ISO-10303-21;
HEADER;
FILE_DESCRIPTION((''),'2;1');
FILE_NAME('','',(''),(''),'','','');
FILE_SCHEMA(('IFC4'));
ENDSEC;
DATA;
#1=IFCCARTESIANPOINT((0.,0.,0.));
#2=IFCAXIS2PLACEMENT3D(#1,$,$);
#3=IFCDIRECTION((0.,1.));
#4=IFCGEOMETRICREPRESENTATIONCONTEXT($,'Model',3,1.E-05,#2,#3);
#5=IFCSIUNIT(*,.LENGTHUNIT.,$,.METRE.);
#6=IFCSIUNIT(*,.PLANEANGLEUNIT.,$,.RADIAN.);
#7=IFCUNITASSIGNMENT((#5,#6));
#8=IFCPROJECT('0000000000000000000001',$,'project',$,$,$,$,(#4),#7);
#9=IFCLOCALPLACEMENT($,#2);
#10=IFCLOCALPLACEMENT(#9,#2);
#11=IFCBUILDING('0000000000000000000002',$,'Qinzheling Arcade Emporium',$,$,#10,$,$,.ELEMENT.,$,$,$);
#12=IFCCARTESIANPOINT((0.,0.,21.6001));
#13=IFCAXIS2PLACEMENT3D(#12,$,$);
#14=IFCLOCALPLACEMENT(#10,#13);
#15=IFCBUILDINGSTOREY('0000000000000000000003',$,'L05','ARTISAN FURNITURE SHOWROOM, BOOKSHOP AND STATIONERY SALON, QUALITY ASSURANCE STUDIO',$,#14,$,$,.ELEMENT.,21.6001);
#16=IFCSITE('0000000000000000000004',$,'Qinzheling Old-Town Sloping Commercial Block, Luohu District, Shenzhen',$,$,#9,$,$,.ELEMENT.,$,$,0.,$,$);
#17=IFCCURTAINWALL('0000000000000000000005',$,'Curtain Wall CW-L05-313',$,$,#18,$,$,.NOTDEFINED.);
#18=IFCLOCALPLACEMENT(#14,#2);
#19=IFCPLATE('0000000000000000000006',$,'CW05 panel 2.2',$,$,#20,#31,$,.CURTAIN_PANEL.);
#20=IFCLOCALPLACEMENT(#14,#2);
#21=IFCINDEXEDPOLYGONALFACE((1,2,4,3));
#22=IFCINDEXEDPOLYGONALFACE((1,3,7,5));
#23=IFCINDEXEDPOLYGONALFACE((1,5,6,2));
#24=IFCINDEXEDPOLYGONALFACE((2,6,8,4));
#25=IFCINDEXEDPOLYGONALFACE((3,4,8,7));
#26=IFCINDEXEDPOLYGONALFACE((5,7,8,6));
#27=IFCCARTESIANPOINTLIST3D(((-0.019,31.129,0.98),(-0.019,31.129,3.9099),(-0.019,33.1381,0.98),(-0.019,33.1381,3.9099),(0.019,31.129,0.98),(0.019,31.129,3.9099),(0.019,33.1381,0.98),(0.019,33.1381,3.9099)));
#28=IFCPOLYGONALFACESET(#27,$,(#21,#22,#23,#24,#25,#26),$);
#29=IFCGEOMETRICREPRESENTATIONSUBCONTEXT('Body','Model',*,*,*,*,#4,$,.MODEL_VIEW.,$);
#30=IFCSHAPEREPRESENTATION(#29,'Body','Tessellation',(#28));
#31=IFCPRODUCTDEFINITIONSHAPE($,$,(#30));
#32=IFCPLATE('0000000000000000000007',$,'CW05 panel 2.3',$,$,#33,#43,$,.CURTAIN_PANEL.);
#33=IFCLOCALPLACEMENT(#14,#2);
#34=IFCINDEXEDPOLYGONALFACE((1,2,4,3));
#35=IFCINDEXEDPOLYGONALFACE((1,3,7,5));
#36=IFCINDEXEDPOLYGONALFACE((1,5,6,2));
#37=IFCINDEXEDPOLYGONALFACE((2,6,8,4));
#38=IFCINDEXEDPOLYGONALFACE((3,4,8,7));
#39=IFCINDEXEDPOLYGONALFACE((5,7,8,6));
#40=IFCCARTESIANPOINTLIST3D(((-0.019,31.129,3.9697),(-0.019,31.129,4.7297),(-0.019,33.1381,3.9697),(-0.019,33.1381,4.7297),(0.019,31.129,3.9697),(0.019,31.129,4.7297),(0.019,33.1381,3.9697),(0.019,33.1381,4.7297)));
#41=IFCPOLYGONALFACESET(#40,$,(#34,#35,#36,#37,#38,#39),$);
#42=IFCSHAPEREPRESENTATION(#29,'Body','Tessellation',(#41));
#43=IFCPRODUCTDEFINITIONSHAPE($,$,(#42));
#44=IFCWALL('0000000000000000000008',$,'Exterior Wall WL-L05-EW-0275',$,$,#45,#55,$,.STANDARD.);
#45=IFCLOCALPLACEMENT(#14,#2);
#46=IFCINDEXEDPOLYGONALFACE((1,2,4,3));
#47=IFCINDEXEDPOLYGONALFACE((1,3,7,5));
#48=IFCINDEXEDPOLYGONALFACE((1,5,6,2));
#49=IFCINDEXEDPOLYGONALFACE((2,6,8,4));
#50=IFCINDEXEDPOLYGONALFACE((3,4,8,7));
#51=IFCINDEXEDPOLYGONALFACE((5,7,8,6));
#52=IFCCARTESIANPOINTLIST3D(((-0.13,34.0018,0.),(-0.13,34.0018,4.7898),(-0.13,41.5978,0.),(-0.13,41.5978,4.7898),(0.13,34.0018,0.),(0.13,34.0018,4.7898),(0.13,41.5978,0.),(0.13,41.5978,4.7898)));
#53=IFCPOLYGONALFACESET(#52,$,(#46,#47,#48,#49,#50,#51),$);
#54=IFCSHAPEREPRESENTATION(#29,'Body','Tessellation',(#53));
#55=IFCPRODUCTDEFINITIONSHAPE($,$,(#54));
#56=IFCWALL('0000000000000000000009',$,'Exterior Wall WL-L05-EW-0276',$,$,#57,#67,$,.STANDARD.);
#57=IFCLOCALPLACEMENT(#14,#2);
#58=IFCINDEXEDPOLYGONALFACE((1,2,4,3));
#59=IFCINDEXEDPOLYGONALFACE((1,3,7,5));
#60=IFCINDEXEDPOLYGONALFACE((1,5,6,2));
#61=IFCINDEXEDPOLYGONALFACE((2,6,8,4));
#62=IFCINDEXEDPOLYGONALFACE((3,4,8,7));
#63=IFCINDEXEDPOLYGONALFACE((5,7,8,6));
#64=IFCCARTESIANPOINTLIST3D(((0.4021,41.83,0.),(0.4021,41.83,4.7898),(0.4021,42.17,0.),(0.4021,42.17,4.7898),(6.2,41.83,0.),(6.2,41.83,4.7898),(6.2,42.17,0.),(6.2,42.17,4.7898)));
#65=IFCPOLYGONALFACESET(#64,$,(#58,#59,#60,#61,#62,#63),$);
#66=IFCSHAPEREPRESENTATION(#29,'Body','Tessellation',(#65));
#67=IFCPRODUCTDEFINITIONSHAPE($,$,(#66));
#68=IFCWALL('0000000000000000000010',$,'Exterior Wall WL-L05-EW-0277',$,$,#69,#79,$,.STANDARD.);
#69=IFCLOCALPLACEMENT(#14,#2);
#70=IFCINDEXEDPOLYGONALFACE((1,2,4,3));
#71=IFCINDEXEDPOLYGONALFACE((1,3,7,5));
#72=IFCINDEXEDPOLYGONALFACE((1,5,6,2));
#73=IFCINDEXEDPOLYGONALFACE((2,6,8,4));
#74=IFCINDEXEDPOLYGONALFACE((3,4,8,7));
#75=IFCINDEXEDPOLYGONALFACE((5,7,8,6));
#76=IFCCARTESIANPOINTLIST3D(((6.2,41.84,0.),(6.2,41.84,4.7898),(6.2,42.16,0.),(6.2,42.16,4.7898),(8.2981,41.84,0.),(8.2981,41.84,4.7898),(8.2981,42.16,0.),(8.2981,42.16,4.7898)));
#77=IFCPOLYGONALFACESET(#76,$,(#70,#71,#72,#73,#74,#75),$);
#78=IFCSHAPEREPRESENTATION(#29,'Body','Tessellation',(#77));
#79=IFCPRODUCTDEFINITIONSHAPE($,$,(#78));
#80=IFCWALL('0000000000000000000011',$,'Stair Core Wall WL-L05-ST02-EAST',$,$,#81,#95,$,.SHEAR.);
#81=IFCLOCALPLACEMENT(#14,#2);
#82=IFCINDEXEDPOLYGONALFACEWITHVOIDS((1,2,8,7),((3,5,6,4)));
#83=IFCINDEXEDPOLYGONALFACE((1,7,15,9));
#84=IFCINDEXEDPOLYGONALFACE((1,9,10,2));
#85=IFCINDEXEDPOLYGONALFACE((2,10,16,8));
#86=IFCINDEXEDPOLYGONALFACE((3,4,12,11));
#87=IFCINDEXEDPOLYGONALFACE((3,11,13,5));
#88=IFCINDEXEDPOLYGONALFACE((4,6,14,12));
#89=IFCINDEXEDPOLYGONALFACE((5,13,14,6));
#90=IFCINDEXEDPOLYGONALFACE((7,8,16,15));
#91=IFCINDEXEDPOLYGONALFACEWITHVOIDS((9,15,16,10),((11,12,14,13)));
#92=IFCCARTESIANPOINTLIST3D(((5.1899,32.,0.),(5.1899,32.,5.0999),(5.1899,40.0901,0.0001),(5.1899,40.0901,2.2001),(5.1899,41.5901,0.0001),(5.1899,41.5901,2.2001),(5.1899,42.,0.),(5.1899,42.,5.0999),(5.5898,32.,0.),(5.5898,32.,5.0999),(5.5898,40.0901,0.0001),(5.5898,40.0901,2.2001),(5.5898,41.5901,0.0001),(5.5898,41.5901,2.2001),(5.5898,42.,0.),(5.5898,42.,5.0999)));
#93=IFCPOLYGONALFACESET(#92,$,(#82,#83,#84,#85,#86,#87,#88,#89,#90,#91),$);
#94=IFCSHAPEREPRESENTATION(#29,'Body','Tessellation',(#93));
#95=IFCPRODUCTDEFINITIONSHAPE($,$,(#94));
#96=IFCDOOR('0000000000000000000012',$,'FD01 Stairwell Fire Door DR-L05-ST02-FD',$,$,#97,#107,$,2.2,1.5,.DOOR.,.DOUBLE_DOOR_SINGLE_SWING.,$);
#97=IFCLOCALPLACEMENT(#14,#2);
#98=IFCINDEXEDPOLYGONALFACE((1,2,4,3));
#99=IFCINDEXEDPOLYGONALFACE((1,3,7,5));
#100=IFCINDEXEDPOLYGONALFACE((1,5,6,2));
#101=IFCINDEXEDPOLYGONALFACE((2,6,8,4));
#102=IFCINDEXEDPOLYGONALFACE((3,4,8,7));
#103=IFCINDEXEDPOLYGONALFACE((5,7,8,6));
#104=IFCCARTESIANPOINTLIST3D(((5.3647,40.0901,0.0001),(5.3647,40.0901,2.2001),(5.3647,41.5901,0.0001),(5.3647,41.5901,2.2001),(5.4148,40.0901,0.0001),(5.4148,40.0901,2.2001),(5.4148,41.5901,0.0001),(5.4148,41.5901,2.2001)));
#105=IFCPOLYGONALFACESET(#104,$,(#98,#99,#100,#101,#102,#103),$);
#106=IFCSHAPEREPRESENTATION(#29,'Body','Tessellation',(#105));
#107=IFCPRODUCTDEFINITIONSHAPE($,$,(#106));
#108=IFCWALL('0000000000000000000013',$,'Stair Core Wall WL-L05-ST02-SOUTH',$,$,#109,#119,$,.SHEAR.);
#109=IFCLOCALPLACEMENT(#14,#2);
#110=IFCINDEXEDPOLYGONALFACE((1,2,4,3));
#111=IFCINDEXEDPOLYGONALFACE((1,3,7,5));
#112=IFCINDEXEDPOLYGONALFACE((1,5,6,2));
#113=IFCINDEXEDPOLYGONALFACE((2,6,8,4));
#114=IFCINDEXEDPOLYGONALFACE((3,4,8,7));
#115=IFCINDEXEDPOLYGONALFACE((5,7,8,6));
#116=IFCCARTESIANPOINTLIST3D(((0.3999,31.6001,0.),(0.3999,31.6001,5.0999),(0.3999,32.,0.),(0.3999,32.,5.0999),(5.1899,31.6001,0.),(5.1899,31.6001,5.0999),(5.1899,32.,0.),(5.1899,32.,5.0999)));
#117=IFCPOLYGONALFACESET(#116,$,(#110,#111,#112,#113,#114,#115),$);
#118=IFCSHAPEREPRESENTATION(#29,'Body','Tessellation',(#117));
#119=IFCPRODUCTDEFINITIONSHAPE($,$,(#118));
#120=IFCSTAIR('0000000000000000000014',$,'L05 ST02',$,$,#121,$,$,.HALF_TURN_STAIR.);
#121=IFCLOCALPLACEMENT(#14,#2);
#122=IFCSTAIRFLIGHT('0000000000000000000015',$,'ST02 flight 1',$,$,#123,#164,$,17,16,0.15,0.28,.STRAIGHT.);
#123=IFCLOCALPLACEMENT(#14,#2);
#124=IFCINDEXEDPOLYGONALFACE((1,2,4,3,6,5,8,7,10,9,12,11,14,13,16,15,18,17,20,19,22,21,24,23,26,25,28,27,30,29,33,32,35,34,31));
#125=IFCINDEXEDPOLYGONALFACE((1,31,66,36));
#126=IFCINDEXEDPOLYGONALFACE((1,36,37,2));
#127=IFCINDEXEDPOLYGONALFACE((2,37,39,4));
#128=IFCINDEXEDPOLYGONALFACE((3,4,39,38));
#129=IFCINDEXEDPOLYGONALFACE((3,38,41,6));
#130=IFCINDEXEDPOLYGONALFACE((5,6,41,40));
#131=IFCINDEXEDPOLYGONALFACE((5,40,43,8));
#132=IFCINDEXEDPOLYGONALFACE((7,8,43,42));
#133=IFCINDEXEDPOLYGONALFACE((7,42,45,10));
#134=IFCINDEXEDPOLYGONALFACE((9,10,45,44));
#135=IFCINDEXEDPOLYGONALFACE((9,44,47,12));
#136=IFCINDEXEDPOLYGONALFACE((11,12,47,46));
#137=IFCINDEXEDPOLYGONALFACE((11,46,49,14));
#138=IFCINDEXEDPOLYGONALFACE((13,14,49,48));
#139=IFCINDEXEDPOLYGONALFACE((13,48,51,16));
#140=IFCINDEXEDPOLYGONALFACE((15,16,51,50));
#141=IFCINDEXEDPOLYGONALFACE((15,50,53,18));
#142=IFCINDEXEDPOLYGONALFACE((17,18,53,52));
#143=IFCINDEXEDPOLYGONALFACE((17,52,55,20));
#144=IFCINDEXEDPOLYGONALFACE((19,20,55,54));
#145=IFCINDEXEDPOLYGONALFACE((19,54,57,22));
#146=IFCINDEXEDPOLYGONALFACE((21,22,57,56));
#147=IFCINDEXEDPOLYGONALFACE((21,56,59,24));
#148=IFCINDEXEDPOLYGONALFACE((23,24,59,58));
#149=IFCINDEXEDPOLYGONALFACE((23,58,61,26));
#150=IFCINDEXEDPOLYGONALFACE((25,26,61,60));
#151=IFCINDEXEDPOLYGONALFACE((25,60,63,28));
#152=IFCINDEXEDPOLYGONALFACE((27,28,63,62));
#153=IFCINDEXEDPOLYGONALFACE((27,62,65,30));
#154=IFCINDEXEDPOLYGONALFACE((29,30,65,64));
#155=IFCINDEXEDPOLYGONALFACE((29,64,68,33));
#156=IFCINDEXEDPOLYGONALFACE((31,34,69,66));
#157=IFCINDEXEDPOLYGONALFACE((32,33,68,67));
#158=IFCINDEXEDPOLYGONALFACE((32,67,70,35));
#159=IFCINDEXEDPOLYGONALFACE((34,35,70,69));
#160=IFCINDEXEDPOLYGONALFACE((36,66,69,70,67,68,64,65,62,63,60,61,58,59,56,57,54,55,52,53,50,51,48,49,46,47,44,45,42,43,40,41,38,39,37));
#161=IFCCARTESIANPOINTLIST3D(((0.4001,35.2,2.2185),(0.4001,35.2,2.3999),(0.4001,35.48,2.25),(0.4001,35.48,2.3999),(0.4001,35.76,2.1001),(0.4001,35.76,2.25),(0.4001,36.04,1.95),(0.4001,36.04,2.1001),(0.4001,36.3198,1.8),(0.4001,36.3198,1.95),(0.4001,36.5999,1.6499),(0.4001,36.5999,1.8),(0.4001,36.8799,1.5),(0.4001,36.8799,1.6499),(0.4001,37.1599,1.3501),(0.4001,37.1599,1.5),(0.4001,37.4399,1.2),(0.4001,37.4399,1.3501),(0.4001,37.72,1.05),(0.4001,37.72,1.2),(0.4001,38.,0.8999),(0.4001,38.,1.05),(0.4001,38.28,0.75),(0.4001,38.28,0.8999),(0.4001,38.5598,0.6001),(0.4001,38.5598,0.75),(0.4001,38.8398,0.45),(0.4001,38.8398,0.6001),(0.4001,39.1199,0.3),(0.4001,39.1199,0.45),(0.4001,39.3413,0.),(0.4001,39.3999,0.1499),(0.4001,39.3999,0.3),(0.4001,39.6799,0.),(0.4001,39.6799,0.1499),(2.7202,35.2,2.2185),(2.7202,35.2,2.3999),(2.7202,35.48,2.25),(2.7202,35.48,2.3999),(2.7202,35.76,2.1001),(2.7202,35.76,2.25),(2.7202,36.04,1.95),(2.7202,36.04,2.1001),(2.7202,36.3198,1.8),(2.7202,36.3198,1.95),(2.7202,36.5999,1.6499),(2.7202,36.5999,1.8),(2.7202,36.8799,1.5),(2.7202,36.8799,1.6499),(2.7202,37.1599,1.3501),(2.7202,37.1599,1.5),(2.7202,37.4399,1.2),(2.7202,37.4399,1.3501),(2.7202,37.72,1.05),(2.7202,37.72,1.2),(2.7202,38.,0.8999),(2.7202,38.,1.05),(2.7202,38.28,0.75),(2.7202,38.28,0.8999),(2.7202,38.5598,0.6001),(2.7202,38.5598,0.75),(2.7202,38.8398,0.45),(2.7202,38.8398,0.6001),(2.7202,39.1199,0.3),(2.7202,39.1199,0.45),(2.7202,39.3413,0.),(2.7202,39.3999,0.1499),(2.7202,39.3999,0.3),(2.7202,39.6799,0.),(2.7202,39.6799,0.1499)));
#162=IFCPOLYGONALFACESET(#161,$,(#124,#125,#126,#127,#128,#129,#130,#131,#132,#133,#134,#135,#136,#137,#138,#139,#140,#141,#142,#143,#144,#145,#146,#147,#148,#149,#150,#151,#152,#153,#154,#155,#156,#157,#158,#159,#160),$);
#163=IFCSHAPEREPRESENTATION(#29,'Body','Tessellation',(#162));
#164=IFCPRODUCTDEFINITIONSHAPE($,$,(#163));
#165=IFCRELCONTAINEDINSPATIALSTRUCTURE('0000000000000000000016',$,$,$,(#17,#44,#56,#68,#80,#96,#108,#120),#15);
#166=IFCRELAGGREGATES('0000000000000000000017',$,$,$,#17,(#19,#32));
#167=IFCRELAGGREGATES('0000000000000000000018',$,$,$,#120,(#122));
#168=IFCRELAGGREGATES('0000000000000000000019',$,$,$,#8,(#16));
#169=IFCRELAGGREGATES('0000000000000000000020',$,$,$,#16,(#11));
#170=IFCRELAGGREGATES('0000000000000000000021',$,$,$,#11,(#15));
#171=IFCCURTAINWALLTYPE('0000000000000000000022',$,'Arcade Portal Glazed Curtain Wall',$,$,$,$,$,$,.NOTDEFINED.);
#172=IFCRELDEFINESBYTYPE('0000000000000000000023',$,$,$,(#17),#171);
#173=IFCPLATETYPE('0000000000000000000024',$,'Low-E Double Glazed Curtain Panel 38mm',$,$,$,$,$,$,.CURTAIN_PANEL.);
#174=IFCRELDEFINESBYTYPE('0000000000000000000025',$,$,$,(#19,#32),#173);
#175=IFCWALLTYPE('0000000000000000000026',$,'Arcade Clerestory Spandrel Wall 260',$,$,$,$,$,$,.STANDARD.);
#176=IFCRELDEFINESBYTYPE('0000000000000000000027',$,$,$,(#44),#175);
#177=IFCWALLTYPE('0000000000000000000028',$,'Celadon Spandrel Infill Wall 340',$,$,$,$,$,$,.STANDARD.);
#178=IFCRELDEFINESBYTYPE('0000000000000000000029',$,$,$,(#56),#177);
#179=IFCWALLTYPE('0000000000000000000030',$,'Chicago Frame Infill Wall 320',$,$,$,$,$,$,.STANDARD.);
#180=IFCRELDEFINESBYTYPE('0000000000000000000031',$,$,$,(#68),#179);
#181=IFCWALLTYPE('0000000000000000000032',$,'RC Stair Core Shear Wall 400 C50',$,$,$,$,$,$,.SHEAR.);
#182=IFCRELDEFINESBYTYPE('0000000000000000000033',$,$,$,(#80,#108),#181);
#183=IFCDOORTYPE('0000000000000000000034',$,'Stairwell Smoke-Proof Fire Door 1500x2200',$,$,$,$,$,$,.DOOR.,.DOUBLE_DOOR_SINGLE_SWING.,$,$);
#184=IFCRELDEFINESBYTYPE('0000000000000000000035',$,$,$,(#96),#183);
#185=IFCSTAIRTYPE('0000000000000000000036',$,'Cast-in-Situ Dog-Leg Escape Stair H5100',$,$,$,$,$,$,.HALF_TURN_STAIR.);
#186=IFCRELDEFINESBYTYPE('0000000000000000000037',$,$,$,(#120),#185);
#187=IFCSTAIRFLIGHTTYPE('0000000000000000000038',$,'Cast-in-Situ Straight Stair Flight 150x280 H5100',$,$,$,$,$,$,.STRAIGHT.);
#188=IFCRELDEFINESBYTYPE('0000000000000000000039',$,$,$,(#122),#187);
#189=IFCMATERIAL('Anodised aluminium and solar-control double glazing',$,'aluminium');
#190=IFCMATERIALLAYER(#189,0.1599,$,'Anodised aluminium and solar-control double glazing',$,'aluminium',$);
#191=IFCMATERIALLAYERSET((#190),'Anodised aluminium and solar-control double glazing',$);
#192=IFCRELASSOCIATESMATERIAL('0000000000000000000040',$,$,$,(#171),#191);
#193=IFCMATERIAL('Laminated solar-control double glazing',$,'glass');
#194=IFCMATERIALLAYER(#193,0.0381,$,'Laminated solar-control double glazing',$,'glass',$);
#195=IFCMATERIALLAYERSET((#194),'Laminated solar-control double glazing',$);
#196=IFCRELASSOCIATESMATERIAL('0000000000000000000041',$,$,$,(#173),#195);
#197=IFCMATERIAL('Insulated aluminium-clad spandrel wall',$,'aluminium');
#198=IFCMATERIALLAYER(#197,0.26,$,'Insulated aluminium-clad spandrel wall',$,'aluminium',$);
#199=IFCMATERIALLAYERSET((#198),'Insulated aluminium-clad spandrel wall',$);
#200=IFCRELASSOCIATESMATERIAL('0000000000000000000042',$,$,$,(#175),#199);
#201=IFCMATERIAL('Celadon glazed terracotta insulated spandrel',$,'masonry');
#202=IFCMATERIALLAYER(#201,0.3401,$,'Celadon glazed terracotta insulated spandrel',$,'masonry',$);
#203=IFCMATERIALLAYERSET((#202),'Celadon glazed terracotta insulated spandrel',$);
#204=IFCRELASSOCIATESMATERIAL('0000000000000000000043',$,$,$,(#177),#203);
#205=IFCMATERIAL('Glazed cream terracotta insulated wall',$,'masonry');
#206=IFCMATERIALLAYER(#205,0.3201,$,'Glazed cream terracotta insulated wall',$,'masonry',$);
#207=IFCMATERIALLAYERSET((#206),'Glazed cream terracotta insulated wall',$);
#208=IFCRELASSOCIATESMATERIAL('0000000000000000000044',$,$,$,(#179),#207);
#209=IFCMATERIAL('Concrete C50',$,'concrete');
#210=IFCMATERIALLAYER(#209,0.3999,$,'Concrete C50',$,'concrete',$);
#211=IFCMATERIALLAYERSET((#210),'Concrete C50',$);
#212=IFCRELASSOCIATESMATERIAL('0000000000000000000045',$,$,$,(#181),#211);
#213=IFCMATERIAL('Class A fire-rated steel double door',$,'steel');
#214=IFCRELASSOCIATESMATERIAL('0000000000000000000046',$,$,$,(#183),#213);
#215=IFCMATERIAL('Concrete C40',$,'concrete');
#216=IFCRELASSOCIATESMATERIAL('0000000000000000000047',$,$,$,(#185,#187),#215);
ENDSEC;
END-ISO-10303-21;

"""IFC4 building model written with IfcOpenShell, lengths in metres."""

from ifc_helpers import new_model, si_unit, direction, frame, frame_2d, origin, origin_2d, place, context, subcontext, project, spatial, polyline, rectangle, outline, extrude, material, layer, layer_set, type_object, element, fill, aggregate, save


model = new_model("IFC4")

# Units and contexts
model_context = context("Model", 3, precision=1e-05, world=origin(), true_north=direction((0.0, 1.0)))
body_context = subcontext(model_context, "Body", "Model", "MODEL_VIEW")
ifc_project = project(units=[si_unit("LENGTHUNIT", "METRE"), si_unit("PLANEANGLEUNIT", "RADIAN")], contexts=[model_context])

# Site, building, storey
site_placement = place(None, origin())
site = spatial("IfcSite", under=ifc_project, at=site_placement, Name="Qinzheling Old-Town Sloping Commercial Block, Luohu District, Shenzhen", CompositionType="ELEMENT", RefElevation=0.0)
building_placement = place(site_placement, origin())
building = spatial("IfcBuilding", under=site, at=building_placement, Name="Qinzheling Arcade Emporium", CompositionType="ELEMENT")
storey_placement = place(building_placement, frame((0.0, 0.0, 21.6001)))
storey = spatial("IfcBuildingStorey", under=building, at=storey_placement, Name="L05", Description="ARTISAN FURNITURE SHOWROOM, BOOKSHOP AND STATIONERY SALON, QUALITY ASSURANCE STUDIO", CompositionType="ELEMENT", Elevation=21.6001)

# Shared definitions
ifc_material_1 = material(Name="Concrete C40", Category="concrete")

# Shared definitions
ifc_material_2 = material(Name="Anodised aluminium and solar-control double glazing", Category="aluminium")
ifc_layer_1 = layer(ifc_material_2, 0.1599, Name="Anodised aluminium and solar-control double glazing", Category="aluminium")
ifc_layer_set_1 = layer_set([ifc_layer_1], Name="Anodised aluminium and solar-control double glazing")
curtain_wall_type = type_object("IfcCurtainWallType", Name="Arcade Portal Glazed Curtain Wall", PredefinedType="NOTDEFINED", material=ifc_layer_set_1)

# Curtain wall, plates
curtain_wall_1_placement = place(storey_placement, origin())
curtain_wall_1 = element("IfcCurtainWall", 1, at=curtain_wall_1_placement, inside=storey, type_object=curtain_wall_type, Name="Curtain Wall CW-L05-313", PredefinedType="NOTDEFINED")
ifc_material_3 = material(Name="Laminated solar-control double glazing", Category="glass")
ifc_layer_2 = layer(ifc_material_3, 0.0381, Name="Laminated solar-control double glazing", Category="glass")
ifc_layer_set_2 = layer_set([ifc_layer_2], Name="Laminated solar-control double glazing")
plate_type = type_object("IfcPlateType", Name="Low-E Double Glazed Curtain Panel 38mm", PredefinedType="CURTAIN_PANEL", material=ifc_layer_set_2)
plate_1_placement = place(storey_placement, frame((0.0, 32.1335, 0.98), z_axis=(0.0, 0.0, 1.0), x_axis=(0.0, 1.0, 0.0)))
plate_1 = element("IfcPlate", 2, at=plate_1_placement, type_object=plate_type, Name="CW05 panel 2.2", PredefinedType="CURTAIN_PANEL", context=body_context, shape_type="SweptSolid", body=[
    extrude(rectangle(XDim=2.009, YDim=0.0381, at=origin_2d()), origin(), (0.0, 0.0, 1.0), 2.9299),
])
plate_2_placement = place(storey_placement, frame((0.0, 32.1335, 3.9697), z_axis=(0.0, 0.0, 1.0), x_axis=(0.0, 1.0, 0.0)))
plate_2 = element("IfcPlate", 3, at=plate_2_placement, type_object=plate_type, Name="CW05 panel 2.3", PredefinedType="CURTAIN_PANEL", context=body_context, shape_type="SweptSolid", body=[
    extrude(rectangle(XDim=2.009, YDim=0.0381, at=origin_2d()), origin(), (0.0, 0.0, 1.0), 0.76),
])
aggregate(curtain_wall_1, [plate_1, plate_2])

# Walls
ifc_material_4 = material(Name="Insulated aluminium-clad spandrel wall", Category="aluminium")
ifc_layer_3 = layer(ifc_material_4, 0.26, Name="Insulated aluminium-clad spandrel wall", Category="aluminium")
ifc_layer_set_3 = layer_set([ifc_layer_3], Name="Insulated aluminium-clad spandrel wall")
wall_type_1 = type_object("IfcWallType", Name="Arcade Clerestory Spandrel Wall 260", PredefinedType="STANDARD", material=ifc_layer_set_3)
wall_1_placement = place(storey_placement, frame((0.0, 34.002, 0.0), z_axis=(0.0, 0.0, 1.0), x_axis=(0.0, 1.0, 0.0)))
element("IfcWall", 4, at=wall_1_placement, inside=storey, type_object=wall_type_1, Name="Exterior Wall WL-L05-EW-0275", PredefinedType="STANDARD", context=body_context, shape_type="SweptSolid", body=[
    extrude(rectangle(XDim=7.5959, YDim=0.26, at=frame_2d((3.7979, 0.0))), origin(), (0.0, 0.0, 1.0), 4.7898),
])
ifc_material_5 = material(Name="Celadon glazed terracotta insulated spandrel", Category="masonry")
ifc_layer_4 = layer(ifc_material_5, 0.3401, Name="Celadon glazed terracotta insulated spandrel", Category="masonry")
ifc_layer_set_4 = layer_set([ifc_layer_4], Name="Celadon glazed terracotta insulated spandrel")
wall_type_2 = type_object("IfcWallType", Name="Celadon Spandrel Infill Wall 340", PredefinedType="STANDARD", material=ifc_layer_set_4)
wall_2_placement = place(storey_placement, frame((0.4021, 42.0, 0.0), z_axis=(0.0, 0.0, 1.0), x_axis=(1.0, 0.0, 0.0)))
element("IfcWall", 5, at=wall_2_placement, inside=storey, type_object=wall_type_2, Name="Exterior Wall WL-L05-EW-0276", PredefinedType="STANDARD", context=body_context, shape_type="SweptSolid", body=[
    extrude(rectangle(XDim=5.7979, YDim=0.3401, at=frame_2d((2.8989, 0.0))), origin(), (0.0, 0.0, 1.0), 4.7898),
])
ifc_material_6 = material(Name="Glazed cream terracotta insulated wall", Category="masonry")
ifc_layer_5 = layer(ifc_material_6, 0.3201, Name="Glazed cream terracotta insulated wall", Category="masonry")
ifc_layer_set_5 = layer_set([ifc_layer_5], Name="Glazed cream terracotta insulated wall")
wall_type_3 = type_object("IfcWallType", Name="Chicago Frame Infill Wall 320", PredefinedType="STANDARD", material=ifc_layer_set_5)
wall_3_placement = place(storey_placement, frame((6.2, 42.0, 0.0), z_axis=(0.0, 0.0, 1.0), x_axis=(1.0, 0.0, 0.0)))
element("IfcWall", 6, at=wall_3_placement, inside=storey, type_object=wall_type_3, Name="Exterior Wall WL-L05-EW-0277", PredefinedType="STANDARD", context=body_context, shape_type="SweptSolid", body=[
    extrude(rectangle(XDim=2.0981, YDim=0.3201, at=frame_2d((1.0491, 0.0))), origin(), (0.0, 0.0, 1.0), 4.7898),
])

# Wall, opening, door
ifc_material_7 = material(Name="Concrete C50", Category="concrete")
ifc_layer_6 = layer(ifc_material_7, 0.3999, Name="Concrete C50", Category="concrete")
ifc_layer_set_6 = layer_set([ifc_layer_6], Name="Concrete C50")
wall_type_4 = type_object("IfcWallType", Name="RC Stair Core Shear Wall 400 C50", PredefinedType="SHEAR", material=ifc_layer_set_6)
wall_4_placement = place(storey_placement, frame((5.3899, 42.0, 0.0), z_axis=(0.0, 0.0, 1.0), x_axis=(0.0, -1.0, 0.0)))
wall_4 = element("IfcWall", 7, at=wall_4_placement, inside=storey, type_object=wall_type_4, Name="Stair Core Wall WL-L05-ST02-EAST", PredefinedType="SHEAR", context=body_context, shape_type="SweptSolid", body=[
    extrude(rectangle(XDim=10.0, YDim=0.3999, at=frame_2d((5.0, 0.0))), origin(), (0.0, 0.0, 1.0), 5.0999),
])
opening_placement = place(wall_4_placement, frame((0.4099, 0.0, 0.0)))
opening = element("IfcOpeningElement", 8, at=opening_placement, cuts=wall_4, PredefinedType="OPENING", context=body_context, shape_type="SweptSolid", body=[
    extrude(rectangle(XDim=1.5, YDim=2.2, at=frame_2d((0.75, 1.1001))), frame((0.0, 0.21, 0.0), z_axis=(0.0, -1.0, 0.0), x_axis=(1.0, 0.0, 0.0)), (0.0, 0.0, 1.0), 0.4199),
])
ifc_material_8 = material(Name="Class A fire-rated steel double door", Category="steel")
door_type = type_object("IfcDoorType", Name="Stairwell Smoke-Proof Fire Door 1500x2200", OperationType="DOUBLE_DOOR_SINGLE_SWING", PredefinedType="DOOR", material=ifc_material_8)
door_placement = place(opening_placement, origin())
door = element("IfcDoor", 9, at=door_placement, inside=storey, type_object=door_type, Name="FD01 Stairwell Fire Door DR-L05-ST02-FD", OperationType="DOUBLE_DOOR_SINGLE_SWING", OverallHeight=2.2, OverallWidth=1.5, PredefinedType="DOOR", context=body_context, shape_type="SweptSolid", body=[
    extrude(rectangle(XDim=1.5, YDim=2.2, at=frame_2d((0.75, 1.1001))), frame((0.0, 0.0249, 0.0), z_axis=(0.0, -1.0, 0.0), x_axis=(1.0, 0.0, 0.0)), (0.0, 0.0, 1.0), 0.05),
])
fill(opening, door)

# Wall
wall_5_placement = place(storey_placement, frame((5.1899, 31.8, 0.0), z_axis=(0.0, 0.0, 1.0), x_axis=(-1.0, 0.0, 0.0)))
element("IfcWall", 10, at=wall_5_placement, inside=storey, type_object=wall_type_4, Name="Stair Core Wall WL-L05-ST02-SOUTH", PredefinedType="SHEAR", context=body_context, shape_type="SweptSolid", body=[
    extrude(rectangle(XDim=4.79, YDim=0.3999, at=frame_2d((2.395, 0.0))), origin(), (0.0, 0.0, 1.0), 5.0999),
])

# Stair, stair flight
stair_type = type_object("IfcStairType", Name="Cast-in-Situ Dog-Leg Escape Stair H5100", PredefinedType="HALF_TURN_STAIR", material=ifc_material_1)
stair_placement = place(storey_placement, origin())
stair = element("IfcStair", 11, at=stair_placement, inside=storey, type_object=stair_type, Name="L05 ST02", PredefinedType="HALF_TURN_STAIR")
stair_flight_type = type_object("IfcStairFlightType", Name="Cast-in-Situ Straight Stair Flight 150x280 H5100", PredefinedType="STRAIGHT", material=ifc_material_1)
stair_flight_1_placement = place(storey_placement, frame((1.5601, 39.6799, 0.0), z_axis=(0.0, 0.0, 1.0), x_axis=(0.0, -1.0, 0.0)))
stair_flight_1 = element("IfcStairFlight", 12, at=stair_flight_1_placement, type_object=stair_flight_type, Name="ST02 flight 1", NumberOfRisers=17, NumberOfTreads=16, PredefinedType="STRAIGHT", RiserHeight=0.15, TreadLength=0.28, context=body_context, shape_type="SweptSolid", body=[
    extrude(outline(polyline([(0.0, 0.0), (0.0, 0.1499), (0.28, 0.1499), (0.28, 0.3), (0.5601, 0.3), (0.5601, 0.45), (0.8401, 0.45), (0.8401, 0.6001), (1.1201, 0.6001), (1.1201, 0.75), (1.3999, 0.75), (1.3999, 0.8999), (1.6799, 0.8999), (1.6799, 1.05), (1.96, 1.05), (1.96, 1.2), (2.24, 1.2), (2.24, 1.3501), (2.52, 1.3501), (2.52, 1.5), (2.8, 1.5), (2.8, 1.6499), (3.0801, 1.6499), (3.0801, 1.8), (3.3601, 1.8), (3.3601, 1.95), (3.6399, 1.95), (3.6399, 2.1001), (3.9199, 2.1001), (3.9199, 2.25), (4.2, 2.25), (4.2, 2.3999), (4.48, 2.3999), (4.48, 2.55), (4.48, 2.2185), (0.3386, 0.0), (0.0, 0.0)])), frame((0.0, 1.1602, 0.0), z_axis=(0.0, -1.0, 0.0), x_axis=(1.0, 0.0, 0.0)), (0.0, 0.0, 1.0), 2.3201),
])
aggregate(stair, [stair_flight_1])

save(model, "model.ifc")
